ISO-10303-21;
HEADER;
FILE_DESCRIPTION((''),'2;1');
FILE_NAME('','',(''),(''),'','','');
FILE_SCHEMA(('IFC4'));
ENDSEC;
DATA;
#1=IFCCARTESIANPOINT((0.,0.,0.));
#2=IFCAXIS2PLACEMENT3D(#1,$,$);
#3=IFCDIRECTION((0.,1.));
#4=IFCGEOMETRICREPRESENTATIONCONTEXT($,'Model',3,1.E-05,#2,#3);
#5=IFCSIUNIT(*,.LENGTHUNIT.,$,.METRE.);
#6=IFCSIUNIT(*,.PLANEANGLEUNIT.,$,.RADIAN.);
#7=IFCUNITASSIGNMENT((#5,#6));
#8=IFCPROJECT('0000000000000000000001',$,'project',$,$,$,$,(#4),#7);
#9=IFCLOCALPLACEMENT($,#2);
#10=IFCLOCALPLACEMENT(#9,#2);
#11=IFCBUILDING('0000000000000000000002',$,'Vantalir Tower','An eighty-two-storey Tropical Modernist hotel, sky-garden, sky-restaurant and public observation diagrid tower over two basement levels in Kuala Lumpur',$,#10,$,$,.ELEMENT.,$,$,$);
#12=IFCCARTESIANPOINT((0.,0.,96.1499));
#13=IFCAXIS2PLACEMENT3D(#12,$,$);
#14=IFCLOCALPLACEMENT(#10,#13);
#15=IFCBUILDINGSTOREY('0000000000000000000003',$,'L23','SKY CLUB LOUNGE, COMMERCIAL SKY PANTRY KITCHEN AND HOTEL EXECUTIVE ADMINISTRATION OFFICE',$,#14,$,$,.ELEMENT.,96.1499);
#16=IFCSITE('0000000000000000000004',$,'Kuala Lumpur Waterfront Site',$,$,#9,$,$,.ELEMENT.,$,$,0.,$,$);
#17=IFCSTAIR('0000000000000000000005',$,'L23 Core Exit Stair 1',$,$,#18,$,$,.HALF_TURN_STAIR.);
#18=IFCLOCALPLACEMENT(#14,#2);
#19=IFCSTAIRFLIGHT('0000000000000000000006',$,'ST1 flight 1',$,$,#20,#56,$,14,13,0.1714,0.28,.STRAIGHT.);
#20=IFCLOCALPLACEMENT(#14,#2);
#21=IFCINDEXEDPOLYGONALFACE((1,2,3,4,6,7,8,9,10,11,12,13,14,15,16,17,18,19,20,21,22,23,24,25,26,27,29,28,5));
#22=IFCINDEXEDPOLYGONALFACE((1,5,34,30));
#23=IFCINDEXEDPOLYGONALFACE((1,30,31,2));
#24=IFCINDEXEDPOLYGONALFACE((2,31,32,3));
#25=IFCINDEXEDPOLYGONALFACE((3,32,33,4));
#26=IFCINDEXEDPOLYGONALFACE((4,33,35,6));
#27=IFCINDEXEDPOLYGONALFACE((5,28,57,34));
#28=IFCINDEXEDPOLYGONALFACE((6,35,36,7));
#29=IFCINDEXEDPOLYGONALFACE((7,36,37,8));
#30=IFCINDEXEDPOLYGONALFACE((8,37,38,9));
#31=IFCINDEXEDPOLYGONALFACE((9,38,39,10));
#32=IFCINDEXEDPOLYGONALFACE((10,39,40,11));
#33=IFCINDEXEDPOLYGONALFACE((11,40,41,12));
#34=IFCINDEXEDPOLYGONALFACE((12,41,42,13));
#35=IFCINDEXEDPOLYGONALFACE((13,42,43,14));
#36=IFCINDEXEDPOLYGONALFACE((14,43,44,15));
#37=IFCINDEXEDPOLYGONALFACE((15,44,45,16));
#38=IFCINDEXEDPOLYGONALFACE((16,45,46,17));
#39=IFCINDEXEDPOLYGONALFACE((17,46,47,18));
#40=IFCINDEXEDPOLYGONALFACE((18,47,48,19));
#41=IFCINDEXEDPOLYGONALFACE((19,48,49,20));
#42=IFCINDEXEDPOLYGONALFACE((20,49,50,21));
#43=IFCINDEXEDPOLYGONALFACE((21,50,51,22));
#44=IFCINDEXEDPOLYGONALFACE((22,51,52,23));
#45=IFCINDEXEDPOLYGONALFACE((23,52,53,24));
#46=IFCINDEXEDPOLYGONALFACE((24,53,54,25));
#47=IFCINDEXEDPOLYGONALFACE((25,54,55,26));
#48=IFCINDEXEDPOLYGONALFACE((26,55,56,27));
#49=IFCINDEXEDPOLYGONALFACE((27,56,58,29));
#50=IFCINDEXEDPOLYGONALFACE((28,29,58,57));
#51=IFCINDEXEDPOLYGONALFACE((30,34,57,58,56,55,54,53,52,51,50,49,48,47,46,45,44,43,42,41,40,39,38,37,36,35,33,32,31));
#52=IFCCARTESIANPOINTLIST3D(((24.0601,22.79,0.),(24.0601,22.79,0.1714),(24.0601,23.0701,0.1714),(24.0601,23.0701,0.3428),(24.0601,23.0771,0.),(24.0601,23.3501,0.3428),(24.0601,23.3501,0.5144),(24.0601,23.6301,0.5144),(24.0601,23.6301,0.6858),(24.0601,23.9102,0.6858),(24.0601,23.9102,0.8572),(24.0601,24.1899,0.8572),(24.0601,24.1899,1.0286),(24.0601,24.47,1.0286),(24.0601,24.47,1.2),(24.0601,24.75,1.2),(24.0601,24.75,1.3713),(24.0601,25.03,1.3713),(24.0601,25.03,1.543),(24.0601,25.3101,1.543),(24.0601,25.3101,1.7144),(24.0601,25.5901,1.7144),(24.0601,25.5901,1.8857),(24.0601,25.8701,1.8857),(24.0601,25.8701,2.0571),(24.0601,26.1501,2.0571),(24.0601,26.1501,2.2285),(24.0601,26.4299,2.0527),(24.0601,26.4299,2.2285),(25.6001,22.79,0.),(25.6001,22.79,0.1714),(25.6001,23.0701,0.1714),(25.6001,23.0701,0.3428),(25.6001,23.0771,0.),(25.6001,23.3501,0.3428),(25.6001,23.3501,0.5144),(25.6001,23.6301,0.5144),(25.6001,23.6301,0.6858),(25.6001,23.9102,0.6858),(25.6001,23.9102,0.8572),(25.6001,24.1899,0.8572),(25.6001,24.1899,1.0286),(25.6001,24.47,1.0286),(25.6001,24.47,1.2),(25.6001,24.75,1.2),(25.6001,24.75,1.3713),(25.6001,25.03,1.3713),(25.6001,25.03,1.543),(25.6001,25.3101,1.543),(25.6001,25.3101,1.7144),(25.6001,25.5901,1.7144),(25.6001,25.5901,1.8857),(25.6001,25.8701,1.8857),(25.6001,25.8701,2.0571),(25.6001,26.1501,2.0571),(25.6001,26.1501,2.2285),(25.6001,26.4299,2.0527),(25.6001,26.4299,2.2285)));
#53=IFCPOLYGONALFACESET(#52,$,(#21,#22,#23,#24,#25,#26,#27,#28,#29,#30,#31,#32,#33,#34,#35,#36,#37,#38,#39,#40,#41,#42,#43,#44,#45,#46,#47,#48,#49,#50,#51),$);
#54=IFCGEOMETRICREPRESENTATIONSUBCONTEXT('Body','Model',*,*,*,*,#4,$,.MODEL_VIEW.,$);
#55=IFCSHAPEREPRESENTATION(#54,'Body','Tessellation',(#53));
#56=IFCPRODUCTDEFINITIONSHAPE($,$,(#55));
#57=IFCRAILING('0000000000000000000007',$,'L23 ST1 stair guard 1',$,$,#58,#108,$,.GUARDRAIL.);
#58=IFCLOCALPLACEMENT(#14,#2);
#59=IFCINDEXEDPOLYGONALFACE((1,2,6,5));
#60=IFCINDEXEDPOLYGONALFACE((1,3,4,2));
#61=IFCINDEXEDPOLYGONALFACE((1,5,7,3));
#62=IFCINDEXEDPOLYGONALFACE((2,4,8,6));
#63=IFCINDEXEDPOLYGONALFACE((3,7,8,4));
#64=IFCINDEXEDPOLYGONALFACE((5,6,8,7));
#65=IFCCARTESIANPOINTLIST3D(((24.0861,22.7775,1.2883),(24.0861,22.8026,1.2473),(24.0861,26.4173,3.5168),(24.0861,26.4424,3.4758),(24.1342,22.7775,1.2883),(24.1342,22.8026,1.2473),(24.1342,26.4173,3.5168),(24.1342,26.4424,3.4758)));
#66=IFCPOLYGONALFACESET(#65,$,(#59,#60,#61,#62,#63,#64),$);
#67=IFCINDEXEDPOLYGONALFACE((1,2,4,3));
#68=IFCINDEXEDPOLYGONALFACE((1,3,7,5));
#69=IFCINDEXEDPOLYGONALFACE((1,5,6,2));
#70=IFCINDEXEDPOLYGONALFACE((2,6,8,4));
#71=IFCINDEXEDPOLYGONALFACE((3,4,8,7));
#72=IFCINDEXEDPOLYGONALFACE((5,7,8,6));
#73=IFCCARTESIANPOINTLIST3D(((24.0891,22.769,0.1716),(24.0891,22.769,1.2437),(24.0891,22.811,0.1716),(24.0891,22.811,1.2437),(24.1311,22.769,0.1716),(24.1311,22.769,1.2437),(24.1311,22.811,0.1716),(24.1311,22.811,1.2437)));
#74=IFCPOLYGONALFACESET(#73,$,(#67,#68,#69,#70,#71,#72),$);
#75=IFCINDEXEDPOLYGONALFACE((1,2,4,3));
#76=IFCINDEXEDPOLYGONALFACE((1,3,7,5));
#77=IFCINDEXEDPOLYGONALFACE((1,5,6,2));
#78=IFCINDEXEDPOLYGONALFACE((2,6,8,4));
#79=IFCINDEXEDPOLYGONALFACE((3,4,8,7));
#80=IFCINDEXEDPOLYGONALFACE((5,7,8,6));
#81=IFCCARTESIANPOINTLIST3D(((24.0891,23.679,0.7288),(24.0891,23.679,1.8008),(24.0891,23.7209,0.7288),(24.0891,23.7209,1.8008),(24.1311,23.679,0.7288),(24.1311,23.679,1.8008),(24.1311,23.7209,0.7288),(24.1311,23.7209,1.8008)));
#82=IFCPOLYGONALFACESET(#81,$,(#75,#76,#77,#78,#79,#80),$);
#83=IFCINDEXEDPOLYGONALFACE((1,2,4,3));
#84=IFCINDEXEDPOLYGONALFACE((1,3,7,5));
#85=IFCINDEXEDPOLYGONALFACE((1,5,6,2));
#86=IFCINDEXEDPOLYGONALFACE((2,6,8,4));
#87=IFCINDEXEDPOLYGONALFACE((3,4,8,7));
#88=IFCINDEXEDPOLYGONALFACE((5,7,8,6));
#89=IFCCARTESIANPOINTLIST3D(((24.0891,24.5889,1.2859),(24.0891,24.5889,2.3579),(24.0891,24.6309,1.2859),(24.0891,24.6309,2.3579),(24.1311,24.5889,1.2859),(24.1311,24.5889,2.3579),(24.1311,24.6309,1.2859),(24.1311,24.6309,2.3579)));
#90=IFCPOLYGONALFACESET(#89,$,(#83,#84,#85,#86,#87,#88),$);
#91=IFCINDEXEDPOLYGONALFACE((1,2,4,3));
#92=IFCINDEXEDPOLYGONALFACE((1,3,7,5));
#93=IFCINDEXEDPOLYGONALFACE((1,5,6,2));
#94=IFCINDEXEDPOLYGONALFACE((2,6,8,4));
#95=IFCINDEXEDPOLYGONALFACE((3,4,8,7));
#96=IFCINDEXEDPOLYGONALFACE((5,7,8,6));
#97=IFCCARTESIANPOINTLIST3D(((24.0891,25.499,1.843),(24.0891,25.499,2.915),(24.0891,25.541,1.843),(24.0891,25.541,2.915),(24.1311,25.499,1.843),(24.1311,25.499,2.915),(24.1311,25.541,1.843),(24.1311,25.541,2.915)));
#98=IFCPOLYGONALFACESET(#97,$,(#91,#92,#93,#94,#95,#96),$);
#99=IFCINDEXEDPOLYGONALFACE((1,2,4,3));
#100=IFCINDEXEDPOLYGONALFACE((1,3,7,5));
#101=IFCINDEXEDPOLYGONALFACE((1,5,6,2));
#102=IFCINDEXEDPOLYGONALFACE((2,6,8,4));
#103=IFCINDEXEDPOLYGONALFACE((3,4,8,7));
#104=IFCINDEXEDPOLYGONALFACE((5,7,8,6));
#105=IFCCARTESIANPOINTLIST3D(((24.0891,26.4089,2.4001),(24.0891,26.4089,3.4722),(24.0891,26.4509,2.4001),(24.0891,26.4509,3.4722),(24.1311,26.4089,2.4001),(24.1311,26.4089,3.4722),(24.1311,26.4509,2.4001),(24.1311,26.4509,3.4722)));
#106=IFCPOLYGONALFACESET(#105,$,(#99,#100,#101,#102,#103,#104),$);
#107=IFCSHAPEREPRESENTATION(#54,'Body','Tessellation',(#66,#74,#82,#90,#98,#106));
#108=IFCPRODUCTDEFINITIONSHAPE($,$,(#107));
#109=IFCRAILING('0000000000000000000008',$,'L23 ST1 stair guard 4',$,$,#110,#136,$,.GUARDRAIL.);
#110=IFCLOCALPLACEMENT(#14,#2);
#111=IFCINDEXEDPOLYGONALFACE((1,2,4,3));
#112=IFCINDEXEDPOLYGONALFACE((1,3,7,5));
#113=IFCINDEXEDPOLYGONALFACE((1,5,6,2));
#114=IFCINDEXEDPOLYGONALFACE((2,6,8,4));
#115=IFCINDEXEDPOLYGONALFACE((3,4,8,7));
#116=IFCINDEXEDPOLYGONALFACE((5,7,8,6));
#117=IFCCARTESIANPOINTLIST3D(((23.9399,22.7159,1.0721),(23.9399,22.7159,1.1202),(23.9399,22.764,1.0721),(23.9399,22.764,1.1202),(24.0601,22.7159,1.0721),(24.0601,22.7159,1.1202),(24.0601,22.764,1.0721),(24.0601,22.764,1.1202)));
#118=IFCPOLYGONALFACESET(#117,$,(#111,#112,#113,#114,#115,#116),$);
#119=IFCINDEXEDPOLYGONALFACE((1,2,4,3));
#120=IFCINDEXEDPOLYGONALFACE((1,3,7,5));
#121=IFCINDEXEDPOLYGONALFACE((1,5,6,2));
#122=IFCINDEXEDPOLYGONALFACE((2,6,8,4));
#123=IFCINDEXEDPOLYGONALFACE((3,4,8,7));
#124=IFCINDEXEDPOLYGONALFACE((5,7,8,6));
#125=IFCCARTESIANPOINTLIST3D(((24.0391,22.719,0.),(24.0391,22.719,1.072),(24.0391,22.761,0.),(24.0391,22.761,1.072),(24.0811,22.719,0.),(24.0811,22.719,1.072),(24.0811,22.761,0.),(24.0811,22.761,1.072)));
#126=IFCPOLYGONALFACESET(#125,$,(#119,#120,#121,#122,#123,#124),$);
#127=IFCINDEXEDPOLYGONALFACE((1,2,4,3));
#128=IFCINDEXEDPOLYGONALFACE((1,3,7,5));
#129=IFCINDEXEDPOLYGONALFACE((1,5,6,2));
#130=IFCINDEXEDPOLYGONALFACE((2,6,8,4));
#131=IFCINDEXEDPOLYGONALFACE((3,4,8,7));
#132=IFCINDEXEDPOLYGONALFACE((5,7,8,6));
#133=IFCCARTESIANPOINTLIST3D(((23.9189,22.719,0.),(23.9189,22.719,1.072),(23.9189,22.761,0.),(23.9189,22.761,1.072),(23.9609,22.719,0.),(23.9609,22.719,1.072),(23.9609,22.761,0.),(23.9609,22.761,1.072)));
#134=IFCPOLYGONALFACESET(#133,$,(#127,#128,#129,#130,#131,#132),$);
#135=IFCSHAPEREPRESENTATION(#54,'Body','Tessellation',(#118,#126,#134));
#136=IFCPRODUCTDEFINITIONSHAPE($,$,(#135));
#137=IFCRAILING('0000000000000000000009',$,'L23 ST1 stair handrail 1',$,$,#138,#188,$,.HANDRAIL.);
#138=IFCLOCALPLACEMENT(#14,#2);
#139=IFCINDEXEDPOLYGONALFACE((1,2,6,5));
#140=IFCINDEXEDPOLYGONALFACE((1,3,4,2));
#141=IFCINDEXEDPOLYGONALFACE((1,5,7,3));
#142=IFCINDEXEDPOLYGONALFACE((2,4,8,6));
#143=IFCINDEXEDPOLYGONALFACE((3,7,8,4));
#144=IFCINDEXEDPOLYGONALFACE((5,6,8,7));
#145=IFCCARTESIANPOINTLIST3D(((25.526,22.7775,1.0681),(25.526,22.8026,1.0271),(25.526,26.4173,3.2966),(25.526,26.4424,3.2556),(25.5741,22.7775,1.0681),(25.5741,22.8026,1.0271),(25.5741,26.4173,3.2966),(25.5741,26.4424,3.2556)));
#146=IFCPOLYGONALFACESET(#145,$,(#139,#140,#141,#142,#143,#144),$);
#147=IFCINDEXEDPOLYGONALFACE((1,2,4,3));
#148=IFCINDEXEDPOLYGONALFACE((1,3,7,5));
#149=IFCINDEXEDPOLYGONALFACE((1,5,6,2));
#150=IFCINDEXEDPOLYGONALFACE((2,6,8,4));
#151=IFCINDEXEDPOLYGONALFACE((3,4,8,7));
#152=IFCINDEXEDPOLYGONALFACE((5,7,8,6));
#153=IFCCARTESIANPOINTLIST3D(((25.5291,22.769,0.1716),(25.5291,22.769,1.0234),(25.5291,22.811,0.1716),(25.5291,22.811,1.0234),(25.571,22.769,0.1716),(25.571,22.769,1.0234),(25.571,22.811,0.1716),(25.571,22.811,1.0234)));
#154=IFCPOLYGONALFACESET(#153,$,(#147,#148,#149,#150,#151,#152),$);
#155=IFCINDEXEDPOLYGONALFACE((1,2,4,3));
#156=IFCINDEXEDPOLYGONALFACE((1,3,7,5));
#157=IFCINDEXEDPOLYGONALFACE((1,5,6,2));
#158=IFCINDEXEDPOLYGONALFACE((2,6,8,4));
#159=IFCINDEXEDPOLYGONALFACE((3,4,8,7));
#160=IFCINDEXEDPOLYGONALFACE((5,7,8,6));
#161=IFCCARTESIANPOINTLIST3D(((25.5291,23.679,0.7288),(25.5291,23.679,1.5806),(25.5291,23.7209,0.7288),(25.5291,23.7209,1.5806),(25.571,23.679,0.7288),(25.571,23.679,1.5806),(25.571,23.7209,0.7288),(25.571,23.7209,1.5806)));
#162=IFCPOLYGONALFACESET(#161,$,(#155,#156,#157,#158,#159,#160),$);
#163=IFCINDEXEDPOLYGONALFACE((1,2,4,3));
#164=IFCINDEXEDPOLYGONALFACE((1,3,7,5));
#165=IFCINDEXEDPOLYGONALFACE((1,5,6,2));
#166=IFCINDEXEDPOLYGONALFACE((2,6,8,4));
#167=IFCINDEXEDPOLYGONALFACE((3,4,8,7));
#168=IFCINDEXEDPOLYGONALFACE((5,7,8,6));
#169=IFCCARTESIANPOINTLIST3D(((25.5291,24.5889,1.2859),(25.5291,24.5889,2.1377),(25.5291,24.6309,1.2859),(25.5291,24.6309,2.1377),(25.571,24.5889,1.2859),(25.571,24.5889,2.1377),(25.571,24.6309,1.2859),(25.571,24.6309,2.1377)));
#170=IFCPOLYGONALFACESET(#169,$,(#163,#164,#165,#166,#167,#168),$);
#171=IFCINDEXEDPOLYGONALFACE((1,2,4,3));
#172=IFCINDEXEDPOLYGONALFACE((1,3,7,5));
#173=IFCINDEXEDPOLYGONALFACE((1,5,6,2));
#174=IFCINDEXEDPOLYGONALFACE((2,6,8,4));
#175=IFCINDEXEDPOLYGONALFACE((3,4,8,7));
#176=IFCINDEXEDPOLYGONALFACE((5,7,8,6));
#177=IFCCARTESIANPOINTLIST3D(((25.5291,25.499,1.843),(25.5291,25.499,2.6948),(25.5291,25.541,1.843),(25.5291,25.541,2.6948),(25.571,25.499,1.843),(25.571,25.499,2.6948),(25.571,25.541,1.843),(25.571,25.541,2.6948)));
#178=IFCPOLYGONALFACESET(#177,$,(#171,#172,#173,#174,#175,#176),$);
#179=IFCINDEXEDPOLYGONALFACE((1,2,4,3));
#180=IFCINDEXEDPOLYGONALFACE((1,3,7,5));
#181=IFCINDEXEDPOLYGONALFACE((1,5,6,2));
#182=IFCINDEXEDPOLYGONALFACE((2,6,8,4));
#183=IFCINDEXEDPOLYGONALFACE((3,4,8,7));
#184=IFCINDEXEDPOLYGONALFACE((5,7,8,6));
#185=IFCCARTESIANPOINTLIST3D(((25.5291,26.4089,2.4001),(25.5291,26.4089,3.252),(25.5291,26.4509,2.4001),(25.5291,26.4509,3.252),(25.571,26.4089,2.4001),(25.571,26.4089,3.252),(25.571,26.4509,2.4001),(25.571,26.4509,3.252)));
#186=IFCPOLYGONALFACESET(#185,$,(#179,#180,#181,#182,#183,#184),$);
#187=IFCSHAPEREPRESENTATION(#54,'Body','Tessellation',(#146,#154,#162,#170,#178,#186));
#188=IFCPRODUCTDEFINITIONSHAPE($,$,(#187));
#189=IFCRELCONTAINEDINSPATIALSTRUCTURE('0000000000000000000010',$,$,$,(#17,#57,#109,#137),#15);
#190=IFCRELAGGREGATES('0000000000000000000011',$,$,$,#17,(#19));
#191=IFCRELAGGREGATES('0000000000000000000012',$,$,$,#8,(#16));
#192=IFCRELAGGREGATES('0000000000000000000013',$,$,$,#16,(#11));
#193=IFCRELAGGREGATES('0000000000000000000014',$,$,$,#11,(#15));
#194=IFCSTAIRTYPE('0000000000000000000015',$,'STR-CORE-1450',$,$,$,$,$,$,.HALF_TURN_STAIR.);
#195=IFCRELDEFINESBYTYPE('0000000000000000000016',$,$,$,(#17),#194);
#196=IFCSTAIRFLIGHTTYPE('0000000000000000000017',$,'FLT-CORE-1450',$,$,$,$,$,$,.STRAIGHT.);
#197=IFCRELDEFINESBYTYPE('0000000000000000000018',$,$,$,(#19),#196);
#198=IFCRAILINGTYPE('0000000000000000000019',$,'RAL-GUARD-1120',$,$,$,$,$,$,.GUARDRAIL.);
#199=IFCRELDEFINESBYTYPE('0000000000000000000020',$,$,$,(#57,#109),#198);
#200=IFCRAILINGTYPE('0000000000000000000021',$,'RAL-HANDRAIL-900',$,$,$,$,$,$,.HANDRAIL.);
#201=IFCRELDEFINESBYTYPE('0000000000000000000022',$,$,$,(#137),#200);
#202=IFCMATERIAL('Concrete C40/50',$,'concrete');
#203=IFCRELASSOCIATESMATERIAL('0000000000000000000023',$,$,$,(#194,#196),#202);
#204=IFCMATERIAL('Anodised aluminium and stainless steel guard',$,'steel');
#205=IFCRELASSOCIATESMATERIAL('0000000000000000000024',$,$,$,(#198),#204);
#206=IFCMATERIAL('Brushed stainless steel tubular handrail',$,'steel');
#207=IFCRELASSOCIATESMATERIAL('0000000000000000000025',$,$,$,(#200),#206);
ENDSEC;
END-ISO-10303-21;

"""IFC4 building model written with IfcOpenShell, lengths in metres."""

from ifc_helpers import new_model, si_unit, direction, frame, origin, origin_2d, place, context, subcontext, project, spatial, polyline, rectangle, outline, extrude, material, type_object, element, aggregate, save


model = new_model("IFC4")

# Units and contexts
model_context = context("Model", 3, precision=1e-05, world=origin(), true_north=direction((0.0, 1.0)))
body_context = subcontext(model_context, "Body", "Model", "MODEL_VIEW")
ifc_project = project(units=[si_unit("LENGTHUNIT", "METRE"), si_unit("PLANEANGLEUNIT", "RADIAN")], contexts=[model_context])

# Site, building, storey
site_placement = place(None, origin())
site = spatial("IfcSite", under=ifc_project, at=site_placement, Name="Kuala Lumpur Waterfront Site", CompositionType="ELEMENT", RefElevation=0.0)
building_placement = place(site_placement, origin())
building = spatial("IfcBuilding", under=site, at=building_placement, Name="Vantalir Tower", Description="An eighty-two-storey Tropical Modernist hotel, sky-garden, sky-restaurant and public observation diagrid tower over two basement levels in Kuala Lumpur", CompositionType="ELEMENT")
storey_placement = place(building_placement, frame((0.0, 0.0, 96.1499)))
storey = spatial("IfcBuildingStorey", under=building, at=storey_placement, Name="L23", Description="SKY CLUB LOUNGE, COMMERCIAL SKY PANTRY KITCHEN AND HOTEL EXECUTIVE ADMINISTRATION OFFICE", CompositionType="ELEMENT", Elevation=96.1499)

# Stair, stair flight
ifc_material_1 = material(Name="Concrete C40/50", Category="concrete")
stair_type = type_object("IfcStairType", Name="STR-CORE-1450", PredefinedType="HALF_TURN_STAIR", material=ifc_material_1)
stair_placement = place(storey_placement, origin())
stair = element("IfcStair", 1, at=stair_placement, inside=storey, type_object=stair_type, Name="L23 Core Exit Stair 1", PredefinedType="HALF_TURN_STAIR")
stair_flight_type = type_object("IfcStairFlightType", Name="FLT-CORE-1450", PredefinedType="STRAIGHT", material=ifc_material_1)
stair_flight_placement = place(storey_placement, frame((24.8301, 22.79, 0.0), z_axis=(0.0, 0.0, 1.0), x_axis=(0.0, 1.0, 0.0)))
stair_flight = element("IfcStairFlight", 2, at=stair_flight_placement, type_object=stair_flight_type, Name="ST1 flight 1", NumberOfRisers=14, NumberOfTreads=13, PredefinedType="STRAIGHT", RiserHeight=0.1714, TreadLength=0.28, context=body_context, shape_type="SweptSolid", body=[
    extrude(outline(polyline([(0.0, 0.0), (0.0, 0.1714), (0.28, 0.1714), (0.28, 0.3428), (0.5601, 0.3428), (0.5601, 0.5144), (0.8401, 0.5144), (0.8401, 0.6858), (1.1201, 0.6858), (1.1201, 0.8572), (1.3999, 0.8572), (1.3999, 1.0286), (1.6799, 1.0286), (1.6799, 1.2), (1.96, 1.2), (1.96, 1.3713), (2.24, 1.3713), (2.24, 1.543), (2.52, 1.543), (2.52, 1.7144), (2.8, 1.7144), (2.8, 1.8857), (3.0801, 1.8857), (3.0801, 2.0571), (3.3601, 2.0571), (3.3601, 2.2285), (3.6399, 2.2285), (3.6399, 2.3999), (3.6399, 2.0527), (0.2871, 0.0), (0.0, 0.0)])), frame((0.0, 0.77, 0.0), z_axis=(0.0, -1.0, 0.0), x_axis=(1.0, 0.0, 0.0)), (0.0, 0.0, 1.0), 1.54),
])
aggregate(stair, [stair_flight])

# Railings
ifc_material_2 = material(Name="Anodised aluminium and stainless steel guard", Category="steel")
railing_type_1 = type_object("IfcRailingType", Name="RAL-GUARD-1120", PredefinedType="GUARDRAIL", material=ifc_material_2)
railing_1_placement = place(storey_placement, frame((24.1101, 22.79, 0.1716)))
element("IfcRailing", 3, at=railing_1_placement, inside=storey, type_object=railing_type_1, Name="L23 ST1 stair guard 1", PredefinedType="GUARDRAIL", context=body_context, shape_type="SweptSolid", body=[
    extrude(rectangle(XDim=0.0481, YDim=0.0481, at=origin_2d()), frame((0.0, 0.0, 1.0962), z_axis=(0.0, 0.85285, 0.522156), x_axis=(-1.0, 0.0, 0.0)), (0.0, 0.0, 1.0), 4.2678),
    extrude(rectangle(XDim=0.042, YDim=0.042, at=origin_2d()), origin(), (0.0, 0.0, 1.0), 1.072),
    extrude(rectangle(XDim=0.042, YDim=0.042, at=origin_2d()), frame((0.0, 0.9099, 0.5571)), (0.0, 0.0, 1.0), 1.072),
    extrude(rectangle(XDim=0.042, YDim=0.042, at=origin_2d()), frame((0.0, 1.8198, 1.1143)), (0.0, 0.0, 1.0), 1.072),
    extrude(rectangle(XDim=0.042, YDim=0.042, at=origin_2d()), frame((0.0, 2.73, 1.6714)), (0.0, 0.0, 1.0), 1.072),
    extrude(rectangle(XDim=0.042, YDim=0.042, at=origin_2d()), frame((0.0, 3.6399, 2.2285)), (0.0, 0.0, 1.0), 1.072),
])
railing_2_placement = place(storey_placement, frame((24.0601, 22.74, 0.0)))
element("IfcRailing", 4, at=railing_2_placement, inside=storey, type_object=railing_type_1, Name="L23 ST1 stair guard 4", PredefinedType="GUARDRAIL", context=body_context, shape_type="SweptSolid", body=[
    extrude(rectangle(XDim=0.0481, YDim=0.0481, at=origin_2d()), frame((0.0, 0.0, 1.0962), z_axis=(-1.0, 0.0, 0.0), x_axis=(0.0, -1.0, 0.0)), (0.0, 0.0, 1.0), 0.1201),
    extrude(rectangle(XDim=0.042, YDim=0.042, at=origin_2d()), origin(), (0.0, 0.0, 1.0), 1.072),
    extrude(rectangle(XDim=0.042, YDim=0.042, at=origin_2d()), frame((-0.1201, 0.0, 0.0)), (0.0, 0.0, 1.0), 1.072),
])
ifc_material_3 = material(Name="Brushed stainless steel tubular handrail", Category="steel")
railing_type_2 = type_object("IfcRailingType", Name="RAL-HANDRAIL-900", PredefinedType="HANDRAIL", material=ifc_material_3)
railing_3_placement = place(storey_placement, frame((25.55, 22.79, 0.1716)))
element("IfcRailing", 5, at=railing_3_placement, inside=storey, type_object=railing_type_2, Name="L23 ST1 stair handrail 1", PredefinedType="HANDRAIL", context=body_context, shape_type="SweptSolid", body=[
    extrude(rectangle(XDim=0.0481, YDim=0.0481, at=origin_2d()), frame((0.0, 0.0, 0.876), z_axis=(0.0, 0.85285, 0.522156), x_axis=(-1.0, 0.0, 0.0)), (0.0, 0.0, 1.0), 4.2678),
    extrude(rectangle(XDim=0.042, YDim=0.042, at=origin_2d()), origin(), (0.0, 0.0, 1.0), 0.8518),
    extrude(rectangle(XDim=0.042, YDim=0.042, at=origin_2d()), frame((0.0, 0.9099, 0.5571)), (0.0, 0.0, 1.0), 0.8518),
    extrude(rectangle(XDim=0.042, YDim=0.042, at=origin_2d()), frame((0.0, 1.8198, 1.1143)), (0.0, 0.0, 1.0), 0.8518),
    extrude(rectangle(XDim=0.042, YDim=0.042, at=origin_2d()), frame((0.0, 2.73, 1.6714)), (0.0, 0.0, 1.0), 0.8518),
    extrude(rectangle(XDim=0.042, YDim=0.042, at=origin_2d()), frame((0.0, 3.6399, 2.2285)), (0.0, 0.0, 1.0), 0.8518),
])

save(model, "model.ifc")
